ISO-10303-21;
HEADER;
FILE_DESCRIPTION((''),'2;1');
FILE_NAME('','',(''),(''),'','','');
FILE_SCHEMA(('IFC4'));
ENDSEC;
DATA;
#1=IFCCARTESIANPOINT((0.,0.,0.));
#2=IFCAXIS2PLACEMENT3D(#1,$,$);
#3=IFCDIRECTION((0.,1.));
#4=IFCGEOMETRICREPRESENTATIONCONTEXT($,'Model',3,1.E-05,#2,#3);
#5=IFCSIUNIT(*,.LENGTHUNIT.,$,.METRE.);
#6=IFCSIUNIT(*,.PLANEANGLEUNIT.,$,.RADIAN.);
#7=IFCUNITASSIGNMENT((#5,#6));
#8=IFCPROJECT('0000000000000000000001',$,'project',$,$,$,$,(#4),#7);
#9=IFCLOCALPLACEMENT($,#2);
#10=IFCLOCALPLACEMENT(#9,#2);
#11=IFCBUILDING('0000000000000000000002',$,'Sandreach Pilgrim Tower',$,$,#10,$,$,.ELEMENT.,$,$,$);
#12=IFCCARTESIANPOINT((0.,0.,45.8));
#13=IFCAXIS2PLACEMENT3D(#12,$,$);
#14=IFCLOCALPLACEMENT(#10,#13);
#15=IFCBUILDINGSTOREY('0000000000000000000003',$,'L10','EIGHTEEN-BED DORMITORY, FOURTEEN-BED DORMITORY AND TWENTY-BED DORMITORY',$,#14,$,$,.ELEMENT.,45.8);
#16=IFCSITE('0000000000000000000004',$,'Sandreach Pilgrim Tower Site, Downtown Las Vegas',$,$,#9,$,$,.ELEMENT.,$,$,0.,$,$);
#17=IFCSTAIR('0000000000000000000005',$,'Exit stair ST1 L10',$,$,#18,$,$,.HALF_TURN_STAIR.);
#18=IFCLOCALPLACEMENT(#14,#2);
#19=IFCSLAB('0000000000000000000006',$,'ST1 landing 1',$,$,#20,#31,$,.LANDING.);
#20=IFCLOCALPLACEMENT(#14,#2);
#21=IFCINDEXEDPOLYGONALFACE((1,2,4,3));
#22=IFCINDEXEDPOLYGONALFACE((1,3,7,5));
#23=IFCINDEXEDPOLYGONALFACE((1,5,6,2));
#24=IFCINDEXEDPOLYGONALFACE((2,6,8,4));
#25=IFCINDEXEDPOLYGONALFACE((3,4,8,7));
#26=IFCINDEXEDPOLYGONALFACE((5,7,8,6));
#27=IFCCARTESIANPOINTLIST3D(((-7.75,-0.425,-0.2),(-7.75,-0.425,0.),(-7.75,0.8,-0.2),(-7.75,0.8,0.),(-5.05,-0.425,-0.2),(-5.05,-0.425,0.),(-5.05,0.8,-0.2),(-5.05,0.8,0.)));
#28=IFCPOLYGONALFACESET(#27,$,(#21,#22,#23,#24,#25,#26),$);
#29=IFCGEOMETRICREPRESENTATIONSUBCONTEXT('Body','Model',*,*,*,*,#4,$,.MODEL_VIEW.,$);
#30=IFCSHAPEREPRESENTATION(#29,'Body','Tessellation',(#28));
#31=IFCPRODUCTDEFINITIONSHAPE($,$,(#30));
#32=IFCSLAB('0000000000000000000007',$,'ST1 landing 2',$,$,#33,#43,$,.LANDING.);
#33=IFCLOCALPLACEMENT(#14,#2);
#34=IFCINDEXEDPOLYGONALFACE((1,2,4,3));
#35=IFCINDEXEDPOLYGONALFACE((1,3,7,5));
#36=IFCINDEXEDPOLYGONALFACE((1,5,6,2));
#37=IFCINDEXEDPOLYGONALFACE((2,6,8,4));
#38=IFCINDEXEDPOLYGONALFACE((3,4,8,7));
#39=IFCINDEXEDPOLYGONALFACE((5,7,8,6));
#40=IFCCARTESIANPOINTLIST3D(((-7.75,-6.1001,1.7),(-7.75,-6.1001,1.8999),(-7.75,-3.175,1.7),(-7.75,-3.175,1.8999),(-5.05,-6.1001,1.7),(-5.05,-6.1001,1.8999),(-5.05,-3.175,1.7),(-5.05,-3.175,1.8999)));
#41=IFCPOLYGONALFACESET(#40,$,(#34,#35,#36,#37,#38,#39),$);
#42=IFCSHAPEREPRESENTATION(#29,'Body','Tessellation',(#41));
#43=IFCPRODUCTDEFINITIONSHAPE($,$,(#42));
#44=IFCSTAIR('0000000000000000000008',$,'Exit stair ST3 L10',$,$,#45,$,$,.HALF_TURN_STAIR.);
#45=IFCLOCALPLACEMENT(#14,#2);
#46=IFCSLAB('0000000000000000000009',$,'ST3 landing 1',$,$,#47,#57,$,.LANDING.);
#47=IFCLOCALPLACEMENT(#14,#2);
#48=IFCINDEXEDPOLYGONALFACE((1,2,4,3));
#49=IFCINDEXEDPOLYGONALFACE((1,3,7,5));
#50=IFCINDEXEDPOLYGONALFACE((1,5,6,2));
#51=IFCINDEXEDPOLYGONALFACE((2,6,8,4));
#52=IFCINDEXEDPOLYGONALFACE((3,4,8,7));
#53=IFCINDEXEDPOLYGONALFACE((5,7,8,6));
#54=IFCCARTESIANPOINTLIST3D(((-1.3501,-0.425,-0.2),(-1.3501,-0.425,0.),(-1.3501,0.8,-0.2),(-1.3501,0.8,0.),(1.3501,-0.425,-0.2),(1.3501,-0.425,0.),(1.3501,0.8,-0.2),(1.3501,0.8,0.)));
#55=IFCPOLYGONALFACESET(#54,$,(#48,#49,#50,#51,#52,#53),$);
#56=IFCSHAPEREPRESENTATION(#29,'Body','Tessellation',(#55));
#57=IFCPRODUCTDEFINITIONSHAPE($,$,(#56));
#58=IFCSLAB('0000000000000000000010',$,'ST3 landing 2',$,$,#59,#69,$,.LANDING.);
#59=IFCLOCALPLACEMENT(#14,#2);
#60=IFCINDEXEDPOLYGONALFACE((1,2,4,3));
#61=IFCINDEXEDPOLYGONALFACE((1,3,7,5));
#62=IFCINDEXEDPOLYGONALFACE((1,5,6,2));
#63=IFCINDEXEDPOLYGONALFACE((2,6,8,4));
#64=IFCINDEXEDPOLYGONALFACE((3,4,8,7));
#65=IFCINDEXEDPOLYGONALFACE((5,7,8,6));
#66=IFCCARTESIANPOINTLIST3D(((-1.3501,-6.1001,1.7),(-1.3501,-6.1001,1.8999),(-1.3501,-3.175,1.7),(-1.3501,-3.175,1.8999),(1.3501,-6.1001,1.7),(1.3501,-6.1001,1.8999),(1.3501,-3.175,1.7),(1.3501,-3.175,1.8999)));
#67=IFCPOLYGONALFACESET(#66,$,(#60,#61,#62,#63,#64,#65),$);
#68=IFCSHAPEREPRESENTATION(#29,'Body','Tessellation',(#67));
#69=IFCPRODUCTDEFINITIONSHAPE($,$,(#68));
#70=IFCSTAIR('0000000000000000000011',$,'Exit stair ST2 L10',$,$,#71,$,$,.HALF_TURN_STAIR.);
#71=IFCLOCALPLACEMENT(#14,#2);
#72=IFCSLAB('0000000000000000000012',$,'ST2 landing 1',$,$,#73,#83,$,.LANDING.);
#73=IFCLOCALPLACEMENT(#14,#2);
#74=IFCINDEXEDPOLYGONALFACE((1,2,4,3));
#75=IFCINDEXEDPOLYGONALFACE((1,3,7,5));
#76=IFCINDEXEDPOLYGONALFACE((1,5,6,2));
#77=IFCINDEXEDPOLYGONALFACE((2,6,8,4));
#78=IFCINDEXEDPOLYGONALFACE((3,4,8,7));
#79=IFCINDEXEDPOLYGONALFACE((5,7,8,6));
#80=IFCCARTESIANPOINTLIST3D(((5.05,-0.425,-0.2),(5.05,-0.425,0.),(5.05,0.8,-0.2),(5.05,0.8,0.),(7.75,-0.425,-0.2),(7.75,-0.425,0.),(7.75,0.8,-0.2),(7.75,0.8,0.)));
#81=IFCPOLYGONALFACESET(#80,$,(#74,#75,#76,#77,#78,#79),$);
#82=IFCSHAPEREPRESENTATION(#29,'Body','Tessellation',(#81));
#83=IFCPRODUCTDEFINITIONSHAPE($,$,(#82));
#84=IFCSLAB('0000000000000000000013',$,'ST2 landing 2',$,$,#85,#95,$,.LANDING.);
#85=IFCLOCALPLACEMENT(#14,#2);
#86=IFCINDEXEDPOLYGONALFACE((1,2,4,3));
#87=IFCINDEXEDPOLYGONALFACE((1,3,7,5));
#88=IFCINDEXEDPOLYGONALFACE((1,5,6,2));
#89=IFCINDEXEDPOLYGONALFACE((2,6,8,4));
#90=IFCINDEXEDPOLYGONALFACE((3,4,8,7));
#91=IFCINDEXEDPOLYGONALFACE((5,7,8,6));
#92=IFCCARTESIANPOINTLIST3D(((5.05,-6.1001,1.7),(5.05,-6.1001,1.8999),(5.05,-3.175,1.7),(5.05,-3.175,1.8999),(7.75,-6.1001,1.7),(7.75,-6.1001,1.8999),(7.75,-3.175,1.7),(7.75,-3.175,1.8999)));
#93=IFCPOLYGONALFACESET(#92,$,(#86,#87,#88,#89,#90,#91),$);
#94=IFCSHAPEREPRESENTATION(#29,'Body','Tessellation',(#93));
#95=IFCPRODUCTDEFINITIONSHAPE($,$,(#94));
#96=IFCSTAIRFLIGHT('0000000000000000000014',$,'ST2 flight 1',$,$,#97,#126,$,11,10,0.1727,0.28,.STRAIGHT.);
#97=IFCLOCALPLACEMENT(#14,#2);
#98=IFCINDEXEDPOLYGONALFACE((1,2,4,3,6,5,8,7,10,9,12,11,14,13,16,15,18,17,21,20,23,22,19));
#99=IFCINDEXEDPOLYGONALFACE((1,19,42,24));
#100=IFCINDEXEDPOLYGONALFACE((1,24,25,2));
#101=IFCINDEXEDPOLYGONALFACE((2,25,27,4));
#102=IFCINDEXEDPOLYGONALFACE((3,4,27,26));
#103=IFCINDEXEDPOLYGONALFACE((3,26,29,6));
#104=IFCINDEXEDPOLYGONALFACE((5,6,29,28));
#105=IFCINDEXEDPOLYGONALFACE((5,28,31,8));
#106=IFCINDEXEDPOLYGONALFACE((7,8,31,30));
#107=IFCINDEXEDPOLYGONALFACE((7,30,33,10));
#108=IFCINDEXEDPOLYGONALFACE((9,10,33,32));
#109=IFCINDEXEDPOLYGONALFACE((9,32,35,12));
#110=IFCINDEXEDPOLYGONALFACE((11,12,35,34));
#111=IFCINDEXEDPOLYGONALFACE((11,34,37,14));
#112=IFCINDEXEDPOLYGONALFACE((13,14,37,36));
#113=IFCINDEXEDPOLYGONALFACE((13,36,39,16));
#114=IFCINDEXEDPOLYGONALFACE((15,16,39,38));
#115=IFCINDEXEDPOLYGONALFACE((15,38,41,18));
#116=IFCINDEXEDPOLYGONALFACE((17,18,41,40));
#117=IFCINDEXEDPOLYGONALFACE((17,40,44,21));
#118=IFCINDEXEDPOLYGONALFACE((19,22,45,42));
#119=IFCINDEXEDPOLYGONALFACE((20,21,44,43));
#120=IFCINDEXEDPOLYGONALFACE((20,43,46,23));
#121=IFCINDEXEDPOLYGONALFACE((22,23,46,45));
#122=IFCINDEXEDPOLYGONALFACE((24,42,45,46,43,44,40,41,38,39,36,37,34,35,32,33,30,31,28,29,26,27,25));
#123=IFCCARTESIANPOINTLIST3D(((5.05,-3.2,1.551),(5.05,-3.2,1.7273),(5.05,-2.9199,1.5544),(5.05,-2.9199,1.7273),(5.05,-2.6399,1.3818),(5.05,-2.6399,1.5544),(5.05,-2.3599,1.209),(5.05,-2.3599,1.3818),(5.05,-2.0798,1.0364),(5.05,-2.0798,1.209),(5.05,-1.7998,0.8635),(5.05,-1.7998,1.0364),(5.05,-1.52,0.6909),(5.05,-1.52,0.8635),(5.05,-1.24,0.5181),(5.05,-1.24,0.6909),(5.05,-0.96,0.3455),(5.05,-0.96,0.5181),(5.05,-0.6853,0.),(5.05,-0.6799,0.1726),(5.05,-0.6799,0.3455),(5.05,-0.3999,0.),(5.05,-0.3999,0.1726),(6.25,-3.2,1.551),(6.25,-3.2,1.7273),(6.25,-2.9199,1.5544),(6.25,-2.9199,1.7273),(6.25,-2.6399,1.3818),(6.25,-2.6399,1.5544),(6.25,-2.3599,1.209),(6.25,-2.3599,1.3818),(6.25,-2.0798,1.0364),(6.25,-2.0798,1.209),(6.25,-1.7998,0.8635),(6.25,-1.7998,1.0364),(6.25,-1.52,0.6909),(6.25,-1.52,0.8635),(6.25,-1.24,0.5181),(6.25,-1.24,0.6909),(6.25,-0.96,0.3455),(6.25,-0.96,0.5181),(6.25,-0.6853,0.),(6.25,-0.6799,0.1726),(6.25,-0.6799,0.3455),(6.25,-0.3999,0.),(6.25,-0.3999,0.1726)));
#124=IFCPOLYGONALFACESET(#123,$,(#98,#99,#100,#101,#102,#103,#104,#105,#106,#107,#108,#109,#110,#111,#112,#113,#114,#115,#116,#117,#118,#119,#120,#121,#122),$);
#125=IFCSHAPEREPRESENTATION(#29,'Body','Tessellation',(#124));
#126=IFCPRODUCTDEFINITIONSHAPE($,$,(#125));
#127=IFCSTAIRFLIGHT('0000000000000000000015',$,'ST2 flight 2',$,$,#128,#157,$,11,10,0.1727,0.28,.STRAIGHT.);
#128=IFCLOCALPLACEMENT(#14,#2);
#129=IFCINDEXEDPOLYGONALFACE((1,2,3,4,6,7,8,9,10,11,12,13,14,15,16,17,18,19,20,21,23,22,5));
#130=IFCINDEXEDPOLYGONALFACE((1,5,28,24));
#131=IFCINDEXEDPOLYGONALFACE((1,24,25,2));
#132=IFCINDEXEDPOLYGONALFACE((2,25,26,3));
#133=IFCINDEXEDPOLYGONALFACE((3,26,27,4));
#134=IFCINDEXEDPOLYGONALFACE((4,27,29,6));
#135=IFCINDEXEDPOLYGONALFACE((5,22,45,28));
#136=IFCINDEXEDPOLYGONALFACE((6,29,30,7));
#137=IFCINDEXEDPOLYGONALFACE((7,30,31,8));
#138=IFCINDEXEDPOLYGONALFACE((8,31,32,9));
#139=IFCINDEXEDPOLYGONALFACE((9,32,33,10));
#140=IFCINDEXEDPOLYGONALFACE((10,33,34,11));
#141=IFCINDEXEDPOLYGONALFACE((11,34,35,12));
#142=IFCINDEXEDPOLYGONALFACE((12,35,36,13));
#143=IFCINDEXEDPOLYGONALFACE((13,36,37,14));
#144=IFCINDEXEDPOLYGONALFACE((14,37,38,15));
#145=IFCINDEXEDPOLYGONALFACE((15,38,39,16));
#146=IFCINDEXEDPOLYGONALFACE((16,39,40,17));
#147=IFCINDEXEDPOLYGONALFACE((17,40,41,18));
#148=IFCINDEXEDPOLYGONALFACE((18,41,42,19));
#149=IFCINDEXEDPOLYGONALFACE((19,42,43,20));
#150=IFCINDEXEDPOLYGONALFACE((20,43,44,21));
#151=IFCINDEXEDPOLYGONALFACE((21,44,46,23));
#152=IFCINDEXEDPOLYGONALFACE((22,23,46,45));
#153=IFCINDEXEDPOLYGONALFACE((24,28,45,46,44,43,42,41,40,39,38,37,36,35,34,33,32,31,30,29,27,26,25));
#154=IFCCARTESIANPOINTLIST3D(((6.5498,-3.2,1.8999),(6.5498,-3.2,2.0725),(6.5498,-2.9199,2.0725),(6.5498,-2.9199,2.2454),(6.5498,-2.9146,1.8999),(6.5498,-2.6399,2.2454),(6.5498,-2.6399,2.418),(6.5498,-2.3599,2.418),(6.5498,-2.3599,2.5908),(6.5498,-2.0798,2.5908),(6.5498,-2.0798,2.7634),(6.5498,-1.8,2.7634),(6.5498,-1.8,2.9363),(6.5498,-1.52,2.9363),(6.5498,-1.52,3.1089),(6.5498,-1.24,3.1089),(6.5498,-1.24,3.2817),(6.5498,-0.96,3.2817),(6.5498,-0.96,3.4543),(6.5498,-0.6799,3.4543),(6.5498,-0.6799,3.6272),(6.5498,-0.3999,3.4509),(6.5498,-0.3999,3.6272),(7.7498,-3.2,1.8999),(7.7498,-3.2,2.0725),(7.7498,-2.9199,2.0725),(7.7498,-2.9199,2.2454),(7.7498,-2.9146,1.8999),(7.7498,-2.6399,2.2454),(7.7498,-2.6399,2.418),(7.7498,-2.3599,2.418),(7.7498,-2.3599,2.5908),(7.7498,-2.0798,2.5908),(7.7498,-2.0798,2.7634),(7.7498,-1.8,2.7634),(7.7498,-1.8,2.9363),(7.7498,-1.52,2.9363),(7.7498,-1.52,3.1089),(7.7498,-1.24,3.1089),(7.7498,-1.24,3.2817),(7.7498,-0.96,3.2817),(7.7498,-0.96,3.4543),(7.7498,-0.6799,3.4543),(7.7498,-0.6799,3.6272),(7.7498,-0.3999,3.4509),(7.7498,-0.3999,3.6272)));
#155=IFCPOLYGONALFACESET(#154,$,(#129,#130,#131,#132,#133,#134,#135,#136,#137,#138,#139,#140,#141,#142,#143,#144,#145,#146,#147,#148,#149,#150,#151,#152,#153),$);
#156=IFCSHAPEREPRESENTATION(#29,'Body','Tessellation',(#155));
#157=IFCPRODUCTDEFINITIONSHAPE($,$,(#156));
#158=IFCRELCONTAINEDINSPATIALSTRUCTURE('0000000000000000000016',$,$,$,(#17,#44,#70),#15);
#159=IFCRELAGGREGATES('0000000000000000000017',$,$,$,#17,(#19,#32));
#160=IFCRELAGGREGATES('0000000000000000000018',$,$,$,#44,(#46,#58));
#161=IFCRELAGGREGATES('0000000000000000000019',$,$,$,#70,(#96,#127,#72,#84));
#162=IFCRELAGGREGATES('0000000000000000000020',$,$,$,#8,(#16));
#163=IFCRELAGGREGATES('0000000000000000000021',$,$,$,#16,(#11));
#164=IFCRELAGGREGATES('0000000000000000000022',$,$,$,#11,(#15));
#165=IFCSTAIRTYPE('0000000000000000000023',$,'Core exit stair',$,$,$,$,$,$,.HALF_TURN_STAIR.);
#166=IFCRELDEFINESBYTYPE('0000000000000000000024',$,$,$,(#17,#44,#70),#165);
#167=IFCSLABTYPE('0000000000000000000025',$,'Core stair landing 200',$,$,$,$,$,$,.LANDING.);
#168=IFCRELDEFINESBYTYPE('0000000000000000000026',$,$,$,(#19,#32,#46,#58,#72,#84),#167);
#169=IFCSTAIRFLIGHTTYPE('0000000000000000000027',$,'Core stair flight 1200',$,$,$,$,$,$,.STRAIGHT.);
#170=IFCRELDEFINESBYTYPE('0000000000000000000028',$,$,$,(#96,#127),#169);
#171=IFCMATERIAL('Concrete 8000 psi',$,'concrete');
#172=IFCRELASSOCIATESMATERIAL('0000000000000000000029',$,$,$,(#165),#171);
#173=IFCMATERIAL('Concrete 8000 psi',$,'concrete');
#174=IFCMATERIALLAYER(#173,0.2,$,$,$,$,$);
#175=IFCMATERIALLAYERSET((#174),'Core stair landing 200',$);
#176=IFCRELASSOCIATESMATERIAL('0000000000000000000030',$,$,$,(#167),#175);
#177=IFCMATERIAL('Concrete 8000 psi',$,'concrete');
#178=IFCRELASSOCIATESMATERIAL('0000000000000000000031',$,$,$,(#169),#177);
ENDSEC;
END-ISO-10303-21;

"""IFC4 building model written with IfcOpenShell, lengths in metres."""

from ifc_helpers import new_model, si_unit, direction, frame, origin, place, context, subcontext, project, spatial, polyline, outline, extrude, material, layer, layer_set, type_object, element, aggregate, save


model = new_model("IFC4")

# Units and contexts
model_context = context("Model", 3, precision=1e-05, world=origin(), true_north=direction((0.0, 1.0)))
body_context = subcontext(model_context, "Body", "Model", "MODEL_VIEW")
ifc_project = project(units=[si_unit("LENGTHUNIT", "METRE"), si_unit("PLANEANGLEUNIT", "RADIAN")], contexts=[model_context])

# Site, building, storey
site_placement = place(None, origin())
site = spatial("IfcSite", under=ifc_project, at=site_placement, Name="Sandreach Pilgrim Tower Site, Downtown Las Vegas", CompositionType="ELEMENT", RefElevation=0.0)
building_placement = place(site_placement, origin())
building = spatial("IfcBuilding", under=site, at=building_placement, Name="Sandreach Pilgrim Tower", CompositionType="ELEMENT")
storey_placement = place(building_placement, frame((0.0, 0.0, 45.8)))
storey = spatial("IfcBuildingStorey", under=building, at=storey_placement, Name="L10", Description="EIGHTEEN-BED DORMITORY, FOURTEEN-BED DORMITORY AND TWENTY-BED DORMITORY", CompositionType="ELEMENT", Elevation=45.8)

# Stairs, slabs
ifc_material_1 = material(Name="Concrete 8000 psi", Category="concrete")
stair_type = type_object("IfcStairType", Name="Core exit stair", PredefinedType="HALF_TURN_STAIR", material=ifc_material_1)
stair_1_placement = place(storey_placement, origin())
stair_1 = element("IfcStair", 1, at=stair_1_placement, inside=storey, type_object=stair_type, Name="Exit stair ST1 L10", PredefinedType="HALF_TURN_STAIR")
ifc_material_2 = material(Name="Concrete 8000 psi", Category="concrete")
ifc_layer_1 = layer(ifc_material_2, 0.2)
ifc_layer_set_1 = layer_set([ifc_layer_1], Name="Core stair landing 200")
slab_type = type_object("IfcSlabType", Name="Core stair landing 200", PredefinedType="LANDING", material=ifc_layer_set_1)
slab_1_placement = place(storey_placement, frame((0.0, 0.0, -0.2)))
slab_1 = element("IfcSlab", 2, at=slab_1_placement, type_object=slab_type, Name="ST1 landing 1", PredefinedType="LANDING", context=body_context, shape_type="SweptSolid", body=[
    extrude(outline(polyline([(-7.75, -0.425), (-5.05, -0.425), (-5.05, 0.8), (-7.75, 0.8), (-7.75, -0.425)])), origin(), (0.0, 0.0, 1.0), 0.2),
])
slab_2_placement = place(storey_placement, frame((0.0, 0.0, 1.7)))
slab_2 = element("IfcSlab", 3, at=slab_2_placement, type_object=slab_type, Name="ST1 landing 2", PredefinedType="LANDING", context=body_context, shape_type="SweptSolid", body=[
    extrude(outline(polyline([(-7.75, -6.1001), (-5.05, -6.1001), (-5.05, -3.175), (-7.75, -3.175), (-7.75, -6.1001)])), origin(), (0.0, 0.0, 1.0), 0.2),
])
aggregate(stair_1, [slab_1, slab_2])
stair_2_placement = place(storey_placement, origin())
stair_2 = element("IfcStair", 4, at=stair_2_placement, inside=storey, type_object=stair_type, Name="Exit stair ST3 L10", PredefinedType="HALF_TURN_STAIR")
slab_3_placement = place(storey_placement, frame((0.0, 0.0, -0.2)))
slab_3 = element("IfcSlab", 5, at=slab_3_placement, type_object=slab_type, Name="ST3 landing 1", PredefinedType="LANDING", context=body_context, shape_type="SweptSolid", body=[
    extrude(outline(polyline([(-1.3501, -0.425), (1.3501, -0.425), (1.3501, 0.8), (-1.3501, 0.8), (-1.3501, -0.425)])), origin(), (0.0, 0.0, 1.0), 0.2),
])
slab_4_placement = place(storey_placement, frame((0.0, 0.0, 1.7)))
slab_4 = element("IfcSlab", 6, at=slab_4_placement, type_object=slab_type, Name="ST3 landing 2", PredefinedType="LANDING", context=body_context, shape_type="SweptSolid", body=[
    extrude(outline(polyline([(-1.3501, -6.1001), (1.3501, -6.1001), (1.3501, -3.175), (-1.3501, -3.175), (-1.3501, -6.1001)])), origin(), (0.0, 0.0, 1.0), 0.2),
])
aggregate(stair_2, [slab_3, slab_4])
stair_3_placement = place(storey_placement, origin())
stair_3 = element("IfcStair", 7, at=stair_3_placement, inside=storey, type_object=stair_type, Name="Exit stair ST2 L10", PredefinedType="HALF_TURN_STAIR")
slab_5_placement = place(storey_placement, frame((0.0, 0.0, -0.2)))
slab_5 = element("IfcSlab", 8, at=slab_5_placement, type_object=slab_type, Name="ST2 landing 1", PredefinedType="LANDING", context=body_context, shape_type="SweptSolid", body=[
    extrude(outline(polyline([(5.05, -0.425), (7.75, -0.425), (7.75, 0.8), (5.05, 0.8), (5.05, -0.425)])), origin(), (0.0, 0.0, 1.0), 0.2),
])
slab_6_placement = place(storey_placement, frame((0.0, 0.0, 1.7)))
slab_6 = element("IfcSlab", 9, at=slab_6_placement, type_object=slab_type, Name="ST2 landing 2", PredefinedType="LANDING", context=body_context, shape_type="SweptSolid", body=[
    extrude(outline(polyline([(5.05, -6.1001), (7.75, -6.1001), (7.75, -3.175), (5.05, -3.175), (5.05, -6.1001)])), origin(), (0.0, 0.0, 1.0), 0.2),
])

# Stair flights
ifc_material_3 = material(Name="Concrete 8000 psi", Category="concrete")
stair_flight_type = type_object("IfcStairFlightType", Name="Core stair flight 1200", PredefinedType="STRAIGHT", material=ifc_material_3)
stair_flight_1_placement = place(storey_placement, frame((5.6499, -0.3999, 0.0), z_axis=(0.0, 0.0, 1.0), x_axis=(0.0, -1.0, 0.0)))
stair_flight_1 = element("IfcStairFlight", 10, at=stair_flight_1_placement, type_object=stair_flight_type, Name="ST2 flight 1", NumberOfRisers=11, NumberOfTreads=10, PredefinedType="STRAIGHT", RiserHeight=0.1727, TreadLength=0.28, context=body_context, shape_type="SweptSolid", body=[
    extrude(outline(polyline([(0.0, 0.0), (0.0, 0.1726), (0.28, 0.1726), (0.28, 0.3455), (0.5601, 0.3455), (0.5601, 0.5181), (0.8401, 0.5181), (0.8401, 0.6909), (1.1201, 0.6909), (1.1201, 0.8635), (1.3999, 0.8635), (1.3999, 1.0364), (1.6799, 1.0364), (1.6799, 1.209), (1.96, 1.209), (1.96, 1.3818), (2.24, 1.3818), (2.24, 1.5544), (2.52, 1.5544), (2.52, 1.7273), (2.8, 1.7273), (2.8, 1.8999), (2.8, 1.551), (0.2854, 0.0), (0.0, 0.0)])), frame((0.0, 0.6001, 0.0), z_axis=(0.0, -1.0, 0.0), x_axis=(1.0, 0.0, 0.0)), (0.0, 0.0, 1.0), 1.2),
])
stair_flight_2_placement = place(storey_placement, frame((7.1499, -3.2, 1.8999), z_axis=(0.0, 0.0, 1.0), x_axis=(0.0, 1.0, 0.0)))
stair_flight_2 = element("IfcStairFlight", 11, at=stair_flight_2_placement, type_object=stair_flight_type, Name="ST2 flight 2", NumberOfRisers=11, NumberOfTreads=10, PredefinedType="STRAIGHT", RiserHeight=0.1727, TreadLength=0.28, context=body_context, shape_type="SweptSolid", body=[
    extrude(outline(polyline([(0.0, 0.0), (0.0, 0.1726), (0.28, 0.1726), (0.28, 0.3455), (0.5601, 0.3455), (0.5601, 0.5181), (0.8401, 0.5181), (0.8401, 0.6909), (1.1201, 0.6909), (1.1201, 0.8635), (1.3999, 0.8635), (1.3999, 1.0364), (1.6799, 1.0364), (1.6799, 1.209), (1.96, 1.209), (1.96, 1.3818), (2.24, 1.3818), (2.24, 1.5544), (2.52, 1.5544), (2.52, 1.7273), (2.8, 1.7273), (2.8, 1.8999), (2.8, 1.551), (0.2854, 0.0), (0.0, 0.0)])), frame((0.0, 0.6001, 0.0), z_axis=(0.0, -1.0, 0.0), x_axis=(1.0, 0.0, 0.0)), (0.0, 0.0, 1.0), 1.2),
])
aggregate(stair_3, [stair_flight_1, stair_flight_2, slab_5, slab_6])

save(model, "model.ifc")
